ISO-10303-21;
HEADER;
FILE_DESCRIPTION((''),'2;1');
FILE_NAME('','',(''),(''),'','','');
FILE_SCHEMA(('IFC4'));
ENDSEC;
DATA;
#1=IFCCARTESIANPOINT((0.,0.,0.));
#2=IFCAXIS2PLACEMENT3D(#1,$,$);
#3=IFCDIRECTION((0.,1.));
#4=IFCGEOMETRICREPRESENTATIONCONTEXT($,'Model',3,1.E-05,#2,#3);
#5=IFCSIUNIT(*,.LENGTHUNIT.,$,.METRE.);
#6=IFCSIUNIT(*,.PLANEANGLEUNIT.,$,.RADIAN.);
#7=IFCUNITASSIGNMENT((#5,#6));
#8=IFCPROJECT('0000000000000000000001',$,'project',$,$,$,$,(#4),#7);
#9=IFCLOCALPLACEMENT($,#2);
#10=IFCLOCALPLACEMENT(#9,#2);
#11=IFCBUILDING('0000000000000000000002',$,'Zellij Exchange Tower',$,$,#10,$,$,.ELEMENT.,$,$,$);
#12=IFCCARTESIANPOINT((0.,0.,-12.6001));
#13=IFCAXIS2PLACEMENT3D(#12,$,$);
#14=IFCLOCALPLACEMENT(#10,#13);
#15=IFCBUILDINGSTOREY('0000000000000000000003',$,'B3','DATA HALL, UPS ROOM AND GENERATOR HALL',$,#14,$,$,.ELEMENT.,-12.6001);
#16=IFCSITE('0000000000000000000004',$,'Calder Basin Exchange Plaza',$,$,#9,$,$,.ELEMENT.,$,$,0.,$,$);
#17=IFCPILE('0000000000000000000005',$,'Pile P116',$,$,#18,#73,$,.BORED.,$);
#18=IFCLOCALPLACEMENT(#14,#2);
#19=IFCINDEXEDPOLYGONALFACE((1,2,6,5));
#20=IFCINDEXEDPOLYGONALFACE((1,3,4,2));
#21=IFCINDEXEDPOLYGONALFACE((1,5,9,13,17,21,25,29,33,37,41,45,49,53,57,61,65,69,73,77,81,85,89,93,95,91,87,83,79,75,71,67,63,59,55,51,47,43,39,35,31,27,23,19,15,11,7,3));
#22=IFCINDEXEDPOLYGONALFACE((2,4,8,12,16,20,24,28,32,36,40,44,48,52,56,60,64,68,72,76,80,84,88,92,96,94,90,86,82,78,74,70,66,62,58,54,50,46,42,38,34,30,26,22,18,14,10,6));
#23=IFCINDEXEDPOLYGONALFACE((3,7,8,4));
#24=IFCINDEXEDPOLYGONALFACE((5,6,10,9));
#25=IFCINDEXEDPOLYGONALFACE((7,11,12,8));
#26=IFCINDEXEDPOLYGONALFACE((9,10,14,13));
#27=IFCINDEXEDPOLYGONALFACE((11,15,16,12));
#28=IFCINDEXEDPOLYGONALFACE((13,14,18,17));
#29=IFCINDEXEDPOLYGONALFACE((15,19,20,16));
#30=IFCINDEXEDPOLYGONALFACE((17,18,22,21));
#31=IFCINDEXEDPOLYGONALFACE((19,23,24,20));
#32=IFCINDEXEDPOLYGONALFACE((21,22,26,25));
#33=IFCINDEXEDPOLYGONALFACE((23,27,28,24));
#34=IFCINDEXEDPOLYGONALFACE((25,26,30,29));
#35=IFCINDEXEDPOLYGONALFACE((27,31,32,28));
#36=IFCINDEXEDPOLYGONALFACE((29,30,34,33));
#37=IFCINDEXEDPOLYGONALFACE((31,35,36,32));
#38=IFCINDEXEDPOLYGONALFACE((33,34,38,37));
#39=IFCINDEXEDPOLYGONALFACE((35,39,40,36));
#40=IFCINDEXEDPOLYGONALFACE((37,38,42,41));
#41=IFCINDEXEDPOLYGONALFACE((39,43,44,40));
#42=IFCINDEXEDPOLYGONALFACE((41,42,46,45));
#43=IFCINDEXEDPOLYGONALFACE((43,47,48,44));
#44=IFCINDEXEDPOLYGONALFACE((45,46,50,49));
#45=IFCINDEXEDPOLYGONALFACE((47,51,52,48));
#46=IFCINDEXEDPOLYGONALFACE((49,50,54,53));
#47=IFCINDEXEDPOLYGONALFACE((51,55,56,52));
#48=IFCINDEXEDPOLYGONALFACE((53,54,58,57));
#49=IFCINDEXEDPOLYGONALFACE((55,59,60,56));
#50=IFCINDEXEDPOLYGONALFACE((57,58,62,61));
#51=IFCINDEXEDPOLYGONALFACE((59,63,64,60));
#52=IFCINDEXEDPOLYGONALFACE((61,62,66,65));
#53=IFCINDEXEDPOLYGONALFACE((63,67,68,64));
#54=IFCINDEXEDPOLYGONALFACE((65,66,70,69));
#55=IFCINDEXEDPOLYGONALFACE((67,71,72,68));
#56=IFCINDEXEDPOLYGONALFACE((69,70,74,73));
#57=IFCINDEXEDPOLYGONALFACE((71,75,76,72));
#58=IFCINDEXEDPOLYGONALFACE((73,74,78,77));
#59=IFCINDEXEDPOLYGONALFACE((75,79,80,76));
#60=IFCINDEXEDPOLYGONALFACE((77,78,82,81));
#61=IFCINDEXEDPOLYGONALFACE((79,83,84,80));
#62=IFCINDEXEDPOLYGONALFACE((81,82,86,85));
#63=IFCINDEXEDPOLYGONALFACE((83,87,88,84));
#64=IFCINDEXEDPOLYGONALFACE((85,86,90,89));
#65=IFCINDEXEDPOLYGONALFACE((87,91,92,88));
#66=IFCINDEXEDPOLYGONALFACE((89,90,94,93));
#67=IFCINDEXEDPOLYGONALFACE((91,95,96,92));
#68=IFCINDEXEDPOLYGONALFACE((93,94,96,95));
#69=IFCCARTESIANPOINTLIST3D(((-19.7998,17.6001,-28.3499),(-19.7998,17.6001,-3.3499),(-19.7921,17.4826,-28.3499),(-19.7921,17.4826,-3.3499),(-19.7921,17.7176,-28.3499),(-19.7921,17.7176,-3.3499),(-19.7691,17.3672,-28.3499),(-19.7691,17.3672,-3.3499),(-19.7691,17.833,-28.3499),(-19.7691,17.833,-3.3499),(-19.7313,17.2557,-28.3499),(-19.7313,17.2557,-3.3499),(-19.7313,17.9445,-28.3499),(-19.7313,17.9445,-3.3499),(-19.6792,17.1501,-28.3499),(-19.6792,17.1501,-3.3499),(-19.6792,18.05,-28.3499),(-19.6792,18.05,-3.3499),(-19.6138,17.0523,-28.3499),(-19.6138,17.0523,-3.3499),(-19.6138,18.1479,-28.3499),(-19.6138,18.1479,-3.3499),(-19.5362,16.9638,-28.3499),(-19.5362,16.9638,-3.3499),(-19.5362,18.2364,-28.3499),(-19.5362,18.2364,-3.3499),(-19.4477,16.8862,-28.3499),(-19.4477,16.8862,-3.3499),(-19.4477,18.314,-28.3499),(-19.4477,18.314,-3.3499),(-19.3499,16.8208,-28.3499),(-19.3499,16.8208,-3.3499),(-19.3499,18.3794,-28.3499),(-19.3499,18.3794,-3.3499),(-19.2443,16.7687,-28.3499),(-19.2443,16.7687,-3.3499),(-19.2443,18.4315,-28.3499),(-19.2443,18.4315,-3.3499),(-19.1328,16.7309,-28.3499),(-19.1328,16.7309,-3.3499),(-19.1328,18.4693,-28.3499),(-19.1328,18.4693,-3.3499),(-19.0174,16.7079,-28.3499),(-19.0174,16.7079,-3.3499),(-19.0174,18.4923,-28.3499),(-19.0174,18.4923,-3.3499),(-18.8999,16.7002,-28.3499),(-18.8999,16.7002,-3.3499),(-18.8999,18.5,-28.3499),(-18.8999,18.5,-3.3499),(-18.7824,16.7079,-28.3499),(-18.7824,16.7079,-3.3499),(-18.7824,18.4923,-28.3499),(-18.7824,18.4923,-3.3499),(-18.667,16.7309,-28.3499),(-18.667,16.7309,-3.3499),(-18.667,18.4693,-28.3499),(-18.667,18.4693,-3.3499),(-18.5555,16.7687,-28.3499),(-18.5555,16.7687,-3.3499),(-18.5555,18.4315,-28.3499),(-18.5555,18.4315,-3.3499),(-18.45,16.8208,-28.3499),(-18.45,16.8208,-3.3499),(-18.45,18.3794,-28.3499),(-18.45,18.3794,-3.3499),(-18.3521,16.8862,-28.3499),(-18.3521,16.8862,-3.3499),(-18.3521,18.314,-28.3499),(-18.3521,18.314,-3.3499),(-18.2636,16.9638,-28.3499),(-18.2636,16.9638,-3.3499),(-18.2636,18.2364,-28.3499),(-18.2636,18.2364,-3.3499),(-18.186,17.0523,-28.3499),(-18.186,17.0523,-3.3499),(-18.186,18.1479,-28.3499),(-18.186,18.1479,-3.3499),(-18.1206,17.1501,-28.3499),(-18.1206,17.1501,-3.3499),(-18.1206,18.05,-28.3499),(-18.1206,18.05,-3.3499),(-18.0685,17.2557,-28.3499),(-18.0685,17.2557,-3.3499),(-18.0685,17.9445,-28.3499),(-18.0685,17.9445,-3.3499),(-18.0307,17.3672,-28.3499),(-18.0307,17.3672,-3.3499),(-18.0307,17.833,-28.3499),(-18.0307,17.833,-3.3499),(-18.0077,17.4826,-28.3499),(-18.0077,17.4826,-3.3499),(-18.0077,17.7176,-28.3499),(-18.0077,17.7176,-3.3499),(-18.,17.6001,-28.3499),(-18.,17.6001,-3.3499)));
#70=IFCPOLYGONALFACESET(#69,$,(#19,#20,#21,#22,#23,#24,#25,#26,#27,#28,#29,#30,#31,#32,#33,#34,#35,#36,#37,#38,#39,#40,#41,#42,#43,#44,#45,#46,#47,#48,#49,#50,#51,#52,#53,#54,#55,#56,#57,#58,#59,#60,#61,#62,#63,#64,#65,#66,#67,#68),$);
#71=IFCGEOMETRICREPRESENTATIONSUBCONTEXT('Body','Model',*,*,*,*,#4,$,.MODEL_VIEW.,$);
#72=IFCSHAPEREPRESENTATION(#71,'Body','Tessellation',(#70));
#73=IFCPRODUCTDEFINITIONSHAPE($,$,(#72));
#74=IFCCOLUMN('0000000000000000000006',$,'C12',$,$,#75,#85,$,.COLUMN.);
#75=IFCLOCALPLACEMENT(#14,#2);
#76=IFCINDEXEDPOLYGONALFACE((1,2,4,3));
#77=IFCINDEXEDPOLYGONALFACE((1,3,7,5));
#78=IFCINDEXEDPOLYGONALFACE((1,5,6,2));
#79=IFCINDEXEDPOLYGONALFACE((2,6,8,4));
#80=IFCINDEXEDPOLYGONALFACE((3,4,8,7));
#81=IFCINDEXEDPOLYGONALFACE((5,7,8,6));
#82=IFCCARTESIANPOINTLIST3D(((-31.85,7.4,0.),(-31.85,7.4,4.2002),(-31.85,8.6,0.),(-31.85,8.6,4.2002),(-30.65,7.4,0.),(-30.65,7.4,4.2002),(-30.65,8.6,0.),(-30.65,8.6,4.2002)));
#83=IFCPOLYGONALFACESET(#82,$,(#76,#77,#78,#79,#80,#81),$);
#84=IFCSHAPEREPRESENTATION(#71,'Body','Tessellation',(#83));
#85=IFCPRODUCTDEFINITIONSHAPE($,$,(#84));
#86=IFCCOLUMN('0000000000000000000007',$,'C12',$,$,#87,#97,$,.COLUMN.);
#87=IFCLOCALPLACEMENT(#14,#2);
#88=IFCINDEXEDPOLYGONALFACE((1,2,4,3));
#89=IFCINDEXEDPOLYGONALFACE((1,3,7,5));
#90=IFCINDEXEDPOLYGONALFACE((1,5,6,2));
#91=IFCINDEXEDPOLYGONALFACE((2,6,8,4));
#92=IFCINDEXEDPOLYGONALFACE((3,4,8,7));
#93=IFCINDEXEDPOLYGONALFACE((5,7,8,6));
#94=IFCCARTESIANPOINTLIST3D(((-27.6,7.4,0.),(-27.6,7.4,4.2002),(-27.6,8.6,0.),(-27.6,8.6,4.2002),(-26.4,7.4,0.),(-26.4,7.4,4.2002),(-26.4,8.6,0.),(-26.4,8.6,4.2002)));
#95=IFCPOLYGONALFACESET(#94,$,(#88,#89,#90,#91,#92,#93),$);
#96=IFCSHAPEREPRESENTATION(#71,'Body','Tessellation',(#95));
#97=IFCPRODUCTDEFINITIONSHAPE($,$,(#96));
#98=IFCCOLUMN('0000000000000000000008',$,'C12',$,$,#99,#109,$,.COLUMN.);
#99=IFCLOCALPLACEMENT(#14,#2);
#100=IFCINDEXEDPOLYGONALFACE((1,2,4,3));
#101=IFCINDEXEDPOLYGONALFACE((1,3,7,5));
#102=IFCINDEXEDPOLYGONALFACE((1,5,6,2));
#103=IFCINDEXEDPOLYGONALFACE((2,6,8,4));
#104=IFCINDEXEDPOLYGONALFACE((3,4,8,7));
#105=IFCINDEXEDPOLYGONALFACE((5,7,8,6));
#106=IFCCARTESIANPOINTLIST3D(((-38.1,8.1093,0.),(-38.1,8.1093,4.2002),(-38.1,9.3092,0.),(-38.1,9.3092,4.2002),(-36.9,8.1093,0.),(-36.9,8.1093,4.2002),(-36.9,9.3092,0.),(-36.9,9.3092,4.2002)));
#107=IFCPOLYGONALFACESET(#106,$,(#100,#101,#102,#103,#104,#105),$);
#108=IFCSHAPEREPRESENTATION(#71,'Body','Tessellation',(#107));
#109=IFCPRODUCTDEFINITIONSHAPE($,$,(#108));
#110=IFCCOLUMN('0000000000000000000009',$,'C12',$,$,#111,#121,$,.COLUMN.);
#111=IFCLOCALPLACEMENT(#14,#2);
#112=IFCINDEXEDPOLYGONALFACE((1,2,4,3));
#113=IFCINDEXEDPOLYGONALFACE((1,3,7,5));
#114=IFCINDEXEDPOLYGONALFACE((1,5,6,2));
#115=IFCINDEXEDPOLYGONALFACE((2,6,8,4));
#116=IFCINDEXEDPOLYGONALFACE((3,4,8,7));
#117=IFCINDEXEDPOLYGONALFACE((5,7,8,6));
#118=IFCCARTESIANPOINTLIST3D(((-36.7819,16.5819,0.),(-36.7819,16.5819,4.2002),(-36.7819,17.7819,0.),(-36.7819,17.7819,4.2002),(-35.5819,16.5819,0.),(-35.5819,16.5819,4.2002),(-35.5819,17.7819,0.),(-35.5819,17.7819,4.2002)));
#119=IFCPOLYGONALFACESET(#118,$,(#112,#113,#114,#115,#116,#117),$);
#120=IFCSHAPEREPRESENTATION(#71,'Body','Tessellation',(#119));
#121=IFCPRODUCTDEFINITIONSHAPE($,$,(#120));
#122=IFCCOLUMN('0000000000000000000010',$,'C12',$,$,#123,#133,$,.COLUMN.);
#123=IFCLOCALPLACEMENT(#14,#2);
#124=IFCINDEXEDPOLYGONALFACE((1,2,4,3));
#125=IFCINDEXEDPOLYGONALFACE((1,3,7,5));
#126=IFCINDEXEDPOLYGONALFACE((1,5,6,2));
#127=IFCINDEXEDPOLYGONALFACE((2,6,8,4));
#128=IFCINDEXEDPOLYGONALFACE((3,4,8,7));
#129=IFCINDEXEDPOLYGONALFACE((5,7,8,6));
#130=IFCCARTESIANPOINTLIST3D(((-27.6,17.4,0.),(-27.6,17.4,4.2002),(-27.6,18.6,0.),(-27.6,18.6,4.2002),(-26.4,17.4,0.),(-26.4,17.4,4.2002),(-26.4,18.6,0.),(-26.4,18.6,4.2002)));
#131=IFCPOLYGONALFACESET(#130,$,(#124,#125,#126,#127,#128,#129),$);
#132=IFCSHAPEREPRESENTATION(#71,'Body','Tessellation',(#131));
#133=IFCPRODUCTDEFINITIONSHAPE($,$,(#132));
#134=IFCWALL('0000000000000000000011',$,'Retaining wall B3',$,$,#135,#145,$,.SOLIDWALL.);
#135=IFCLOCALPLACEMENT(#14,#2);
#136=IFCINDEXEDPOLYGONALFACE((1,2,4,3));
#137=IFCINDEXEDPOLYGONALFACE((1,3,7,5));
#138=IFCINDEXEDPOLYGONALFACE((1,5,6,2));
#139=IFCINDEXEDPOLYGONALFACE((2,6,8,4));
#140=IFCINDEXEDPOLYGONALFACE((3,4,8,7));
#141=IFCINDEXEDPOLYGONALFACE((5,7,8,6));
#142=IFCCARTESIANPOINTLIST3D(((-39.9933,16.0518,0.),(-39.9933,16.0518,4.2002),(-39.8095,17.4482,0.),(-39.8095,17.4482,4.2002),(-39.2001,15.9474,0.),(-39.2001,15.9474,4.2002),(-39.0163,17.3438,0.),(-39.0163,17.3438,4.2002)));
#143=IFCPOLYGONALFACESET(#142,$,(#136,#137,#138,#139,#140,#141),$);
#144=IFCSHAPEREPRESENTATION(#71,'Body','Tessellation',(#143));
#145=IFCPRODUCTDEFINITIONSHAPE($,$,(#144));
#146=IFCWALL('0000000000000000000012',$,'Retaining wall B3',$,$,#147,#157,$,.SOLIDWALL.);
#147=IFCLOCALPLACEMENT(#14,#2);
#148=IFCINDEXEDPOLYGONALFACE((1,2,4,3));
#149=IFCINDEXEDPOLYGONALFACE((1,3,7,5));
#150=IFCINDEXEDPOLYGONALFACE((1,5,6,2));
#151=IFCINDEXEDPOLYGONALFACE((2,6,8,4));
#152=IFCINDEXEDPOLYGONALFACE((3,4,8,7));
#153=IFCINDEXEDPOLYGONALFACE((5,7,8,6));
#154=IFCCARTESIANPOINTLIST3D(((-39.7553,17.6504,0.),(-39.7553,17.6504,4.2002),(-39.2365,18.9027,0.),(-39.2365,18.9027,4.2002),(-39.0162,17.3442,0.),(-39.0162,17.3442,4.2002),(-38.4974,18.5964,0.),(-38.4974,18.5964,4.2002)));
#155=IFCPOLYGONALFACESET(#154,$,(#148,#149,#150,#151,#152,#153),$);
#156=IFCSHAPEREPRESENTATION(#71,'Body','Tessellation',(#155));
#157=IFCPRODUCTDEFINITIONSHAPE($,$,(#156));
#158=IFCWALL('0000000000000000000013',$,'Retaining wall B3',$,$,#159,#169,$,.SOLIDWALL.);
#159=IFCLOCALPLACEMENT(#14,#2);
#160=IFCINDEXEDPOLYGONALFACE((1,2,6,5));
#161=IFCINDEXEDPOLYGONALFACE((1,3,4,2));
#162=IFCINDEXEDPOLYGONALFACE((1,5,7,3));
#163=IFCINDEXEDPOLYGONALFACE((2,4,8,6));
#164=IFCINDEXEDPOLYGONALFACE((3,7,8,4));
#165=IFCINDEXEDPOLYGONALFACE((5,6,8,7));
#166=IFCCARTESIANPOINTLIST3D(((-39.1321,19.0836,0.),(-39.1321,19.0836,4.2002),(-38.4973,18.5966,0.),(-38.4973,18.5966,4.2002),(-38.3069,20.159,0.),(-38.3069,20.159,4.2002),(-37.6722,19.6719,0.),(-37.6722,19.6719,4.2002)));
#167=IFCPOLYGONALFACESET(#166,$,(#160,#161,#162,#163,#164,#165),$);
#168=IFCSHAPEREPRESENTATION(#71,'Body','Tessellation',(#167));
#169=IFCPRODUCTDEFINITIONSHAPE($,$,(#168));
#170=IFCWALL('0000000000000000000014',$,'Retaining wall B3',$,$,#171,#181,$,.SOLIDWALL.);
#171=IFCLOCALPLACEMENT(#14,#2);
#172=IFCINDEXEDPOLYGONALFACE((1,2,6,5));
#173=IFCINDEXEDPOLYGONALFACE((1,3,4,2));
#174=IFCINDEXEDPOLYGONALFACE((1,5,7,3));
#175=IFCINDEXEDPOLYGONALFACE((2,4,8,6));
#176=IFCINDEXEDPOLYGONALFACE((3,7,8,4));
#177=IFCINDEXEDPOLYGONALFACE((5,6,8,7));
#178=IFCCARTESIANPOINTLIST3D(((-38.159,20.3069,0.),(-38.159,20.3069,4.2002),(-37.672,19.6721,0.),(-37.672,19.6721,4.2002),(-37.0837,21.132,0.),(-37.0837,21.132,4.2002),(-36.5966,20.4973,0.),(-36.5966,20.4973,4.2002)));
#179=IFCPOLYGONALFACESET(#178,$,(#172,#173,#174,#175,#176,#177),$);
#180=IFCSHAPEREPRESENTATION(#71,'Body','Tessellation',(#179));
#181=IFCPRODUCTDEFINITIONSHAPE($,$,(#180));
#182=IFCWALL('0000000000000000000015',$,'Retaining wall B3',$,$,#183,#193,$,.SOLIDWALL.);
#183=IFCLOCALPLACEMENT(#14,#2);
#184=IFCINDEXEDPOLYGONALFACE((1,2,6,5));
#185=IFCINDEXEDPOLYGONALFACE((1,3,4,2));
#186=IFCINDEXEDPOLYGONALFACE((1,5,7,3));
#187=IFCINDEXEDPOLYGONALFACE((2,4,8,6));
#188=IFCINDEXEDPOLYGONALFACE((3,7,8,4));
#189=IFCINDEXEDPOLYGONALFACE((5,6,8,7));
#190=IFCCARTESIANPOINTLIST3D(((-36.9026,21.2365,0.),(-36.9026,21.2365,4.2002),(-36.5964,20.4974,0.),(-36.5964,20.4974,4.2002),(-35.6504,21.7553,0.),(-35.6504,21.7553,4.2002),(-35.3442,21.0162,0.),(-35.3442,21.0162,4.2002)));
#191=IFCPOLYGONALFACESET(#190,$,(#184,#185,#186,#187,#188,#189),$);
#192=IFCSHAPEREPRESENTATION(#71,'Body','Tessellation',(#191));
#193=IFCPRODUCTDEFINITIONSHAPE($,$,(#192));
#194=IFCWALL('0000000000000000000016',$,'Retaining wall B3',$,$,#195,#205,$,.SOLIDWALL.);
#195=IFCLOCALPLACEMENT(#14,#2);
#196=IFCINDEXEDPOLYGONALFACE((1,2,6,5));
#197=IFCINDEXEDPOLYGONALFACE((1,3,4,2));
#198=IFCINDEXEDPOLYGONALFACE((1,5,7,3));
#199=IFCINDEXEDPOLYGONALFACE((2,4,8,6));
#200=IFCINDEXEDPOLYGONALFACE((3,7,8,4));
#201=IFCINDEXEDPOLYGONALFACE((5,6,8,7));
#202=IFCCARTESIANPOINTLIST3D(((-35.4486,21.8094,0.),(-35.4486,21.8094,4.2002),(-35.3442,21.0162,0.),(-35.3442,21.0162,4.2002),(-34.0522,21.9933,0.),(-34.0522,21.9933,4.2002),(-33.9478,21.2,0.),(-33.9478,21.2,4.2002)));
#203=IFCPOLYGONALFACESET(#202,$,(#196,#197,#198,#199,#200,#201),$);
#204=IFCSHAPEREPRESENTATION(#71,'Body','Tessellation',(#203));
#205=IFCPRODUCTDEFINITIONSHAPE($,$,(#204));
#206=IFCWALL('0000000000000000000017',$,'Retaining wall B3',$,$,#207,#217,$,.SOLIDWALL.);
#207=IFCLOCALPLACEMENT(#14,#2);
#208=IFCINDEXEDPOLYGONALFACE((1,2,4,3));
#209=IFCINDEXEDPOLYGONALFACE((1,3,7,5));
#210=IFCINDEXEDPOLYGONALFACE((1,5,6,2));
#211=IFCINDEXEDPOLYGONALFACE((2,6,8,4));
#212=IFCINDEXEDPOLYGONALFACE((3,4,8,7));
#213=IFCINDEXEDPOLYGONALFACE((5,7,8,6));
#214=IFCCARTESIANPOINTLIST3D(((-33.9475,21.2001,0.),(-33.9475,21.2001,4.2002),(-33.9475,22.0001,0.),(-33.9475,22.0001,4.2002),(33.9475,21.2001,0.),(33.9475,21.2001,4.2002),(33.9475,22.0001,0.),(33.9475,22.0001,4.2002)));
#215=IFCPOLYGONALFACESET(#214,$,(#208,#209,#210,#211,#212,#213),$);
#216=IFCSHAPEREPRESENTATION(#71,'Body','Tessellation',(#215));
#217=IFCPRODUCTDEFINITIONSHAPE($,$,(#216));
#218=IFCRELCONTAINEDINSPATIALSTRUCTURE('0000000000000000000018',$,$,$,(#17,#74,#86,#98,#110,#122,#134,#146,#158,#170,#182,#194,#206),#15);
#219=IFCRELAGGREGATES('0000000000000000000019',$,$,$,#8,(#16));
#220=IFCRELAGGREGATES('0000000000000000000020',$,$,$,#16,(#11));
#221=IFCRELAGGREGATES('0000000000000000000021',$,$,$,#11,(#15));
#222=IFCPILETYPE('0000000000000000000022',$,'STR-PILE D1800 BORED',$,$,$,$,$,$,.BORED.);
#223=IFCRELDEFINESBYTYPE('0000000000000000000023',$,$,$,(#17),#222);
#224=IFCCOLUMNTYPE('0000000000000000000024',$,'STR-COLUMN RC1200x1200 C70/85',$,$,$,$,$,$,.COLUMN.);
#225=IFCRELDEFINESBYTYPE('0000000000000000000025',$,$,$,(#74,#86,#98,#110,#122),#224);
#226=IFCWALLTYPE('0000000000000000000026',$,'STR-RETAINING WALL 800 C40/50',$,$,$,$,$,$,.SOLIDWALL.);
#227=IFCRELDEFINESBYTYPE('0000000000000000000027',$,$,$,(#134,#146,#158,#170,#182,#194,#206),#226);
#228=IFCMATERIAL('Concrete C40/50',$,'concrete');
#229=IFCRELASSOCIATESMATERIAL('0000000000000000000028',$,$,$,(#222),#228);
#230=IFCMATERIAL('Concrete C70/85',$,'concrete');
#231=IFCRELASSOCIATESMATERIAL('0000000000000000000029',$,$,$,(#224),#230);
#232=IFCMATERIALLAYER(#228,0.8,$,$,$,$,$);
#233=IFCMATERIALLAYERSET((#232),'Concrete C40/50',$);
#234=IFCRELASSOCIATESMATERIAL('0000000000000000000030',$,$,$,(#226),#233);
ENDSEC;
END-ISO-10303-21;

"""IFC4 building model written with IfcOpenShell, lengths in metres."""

from ifc_helpers import new_model, si_unit, direction, frame, frame_2d, origin, origin_2d, place, context, subcontext, project, spatial, rectangle, circle, extrude, material, layer, layer_set, material_profile, profile_set, type_object, element, save


model = new_model("IFC4")

# Units and contexts
model_context = context("Model", 3, precision=1e-05, world=origin(), true_north=direction((0.0, 1.0)))
body_context = subcontext(model_context, "Body", "Model", "MODEL_VIEW")
ifc_project = project(units=[si_unit("LENGTHUNIT", "METRE"), si_unit("PLANEANGLEUNIT", "RADIAN")], contexts=[model_context])

# Site, building, storey
site_placement = place(None, origin())
site = spatial("IfcSite", under=ifc_project, at=site_placement, Name="Calder Basin Exchange Plaza", CompositionType="ELEMENT", RefElevation=0.0)
building_placement = place(site_placement, origin())
building = spatial("IfcBuilding", under=site, at=building_placement, Name="Zellij Exchange Tower", CompositionType="ELEMENT")
storey_placement = place(building_placement, frame((0.0, 0.0, -12.6001)))
storey = spatial("IfcBuildingStorey", under=building, at=storey_placement, Name="B3", Description="DATA HALL, UPS ROOM AND GENERATOR HALL", CompositionType="ELEMENT", Elevation=-12.6001)

# Pile
ifc_material_1 = material(Name="Concrete C40/50", Category="concrete")
ifc_material_profile_1 = material_profile(ifc_material_1, circle(Radius=0.8999, at=origin_2d()), Name="STR-PILE D1800 BORED")
ifc_profile_set_1 = profile_set([ifc_material_profile_1], Name="Concrete C40/50")
pile_type = type_object("IfcPileType", Name="STR-PILE D1800 BORED", PredefinedType="BORED", material=ifc_profile_set_1)
for number, where, z_axis, x_axis, name in (
    (1, (-18.8999, 17.6001, -3.3499), (0.0, 0.0, -1.0), (1.0, 0.0, 0.0), "Pile P116"),
):
    element("IfcPile", number, at=place(storey_placement, frame(where, z_axis=z_axis, x_axis=x_axis)), inside=storey, type_object=pile_type, Name=name, PredefinedType="BORED", context=body_context, shape_type="SweptSolid", body=[
        extrude(circle(Radius=0.8999, at=origin_2d()), origin(), (0.0, 0.0, 1.0), 25.0),
    ])

# Columns
ifc_material_2 = material(Name="Concrete C70/85", Category="concrete")
ifc_material_profile_2 = material_profile(ifc_material_2, rectangle(XDim=1.2, YDim=1.2, at=origin_2d()), Name="STR-COLUMN RC1200x1200 C70/85")
ifc_profile_set_2 = profile_set([ifc_material_profile_2], Name="Concrete C70/85")
column_type = type_object("IfcColumnType", Name="STR-COLUMN RC1200x1200 C70/85", PredefinedType="COLUMN", material=ifc_profile_set_2)
for number, where, z_axis, x_axis, name in (
    (2, (-31.25, 8.0, 0.0), (0.0, 0.0, 1.0), (1.0, 0.0, 0.0), "C12"),
    (3, (-27.0, 8.0, 0.0), (0.0, 0.0, 1.0), (1.0, 0.0, 0.0), "C12"),
    (4, (-37.5, 8.7092, 0.0), (0.0, 0.0, 1.0), (1.0, 0.0, 0.0), "C12"),
    (5, (-36.1819, 17.1819, 0.0), (0.0, 0.0, 1.0), (1.0, 0.0, 0.0), "C12"),
    (6, (-27.0, 18.0, 0.0), (0.0, 0.0, 1.0), (1.0, 0.0, 0.0), "C12"),
):
    element("IfcColumn", number, at=place(storey_placement, frame(where, z_axis=z_axis, x_axis=x_axis)), inside=storey, type_object=column_type, Name=name, PredefinedType="COLUMN", context=body_context, shape_type="SweptSolid", body=[
        extrude(rectangle(XDim=1.2, YDim=1.2, at=origin_2d()), origin(), (0.0, 0.0, 1.0), 4.2002),
    ])

# Walls
ifc_layer = layer(ifc_material_1, 0.8)
ifc_layer_set = layer_set([ifc_layer], Name="Concrete C40/50")
wall_type = type_object("IfcWallType", Name="STR-RETAINING WALL 800 C40/50", PredefinedType="SOLIDWALL", material=ifc_layer_set)
wall_1_placement = place(storey_placement, frame((-39.5967, 15.9998, 0.0), z_axis=(0.0, 0.0, 1.0), x_axis=(0.130517, 0.991446, 0.0)))
element("IfcWall", 7, at=wall_1_placement, inside=storey, type_object=wall_type, Name="Retaining wall B3", PredefinedType="SOLIDWALL", context=body_context, shape_type="SweptSolid", body=[
    extrude(rectangle(XDim=1.4084, YDim=0.8, at=frame_2d((0.7041, 0.0))), origin(), (0.0, 0.0, 1.0), 4.2002),
])
for number, where, z_axis, x_axis, name in (
    (8, (-39.3857, 17.4973, 0.0), (0.0, 0.0, 1.0), (0.38276, 0.923848, 0.0), "Retaining wall B3"),
    (9, (-38.8147, 18.8401, 0.0), (0.0, 0.0, 1.0), (0.608753, 0.79336, 0.0), "Retaining wall B3"),
    (10, (-37.9155, 19.9895, 0.0), (0.0, 0.0, 1.0), (0.79336, 0.608753, 0.0), "Retaining wall B3"),
    (11, (-36.7495, 20.8669, 0.0), (0.0, 0.0, 1.0), (0.923848, 0.38276, 0.0), "Retaining wall B3"),
):
    element("IfcWall", number, at=place(storey_placement, frame(where, z_axis=z_axis, x_axis=x_axis)), inside=storey, type_object=wall_type, Name=name, PredefinedType="SOLIDWALL", context=body_context, shape_type="SweptSolid", body=[
        extrude(rectangle(XDim=1.3555, YDim=0.8, at=frame_2d((0.6777, 0.0))), origin(), (0.0, 0.0, 1.0), 4.2002),
    ])
wall_2_placement = place(storey_placement, frame((-35.3962, 21.4128, 0.0), z_axis=(0.0, 0.0, 1.0), x_axis=(0.991446, 0.130517, 0.0)))
element("IfcWall", 12, at=wall_2_placement, inside=storey, type_object=wall_type, Name="Retaining wall B3", PredefinedType="SOLIDWALL", context=body_context, shape_type="SweptSolid", body=[
    extrude(rectangle(XDim=1.4084, YDim=0.8, at=frame_2d((0.7041, 0.0))), origin(), (0.0, 0.0, 1.0), 4.2002),
])
wall_3_placement = place(storey_placement, frame((-33.9475, 21.6001, 0.0), z_axis=(0.0, 0.0, 1.0), x_axis=(1.0, 0.0, 0.0)))
element("IfcWall", 13, at=wall_3_placement, inside=storey, type_object=wall_type, Name="Retaining wall B3", PredefinedType="SOLIDWALL", context=body_context, shape_type="SweptSolid", body=[
    extrude(rectangle(XDim=67.895, YDim=0.8, at=frame_2d((33.9475, 0.0))), origin(), (0.0, 0.0, 1.0), 4.2002),
])

save(model, "model.ifc")
